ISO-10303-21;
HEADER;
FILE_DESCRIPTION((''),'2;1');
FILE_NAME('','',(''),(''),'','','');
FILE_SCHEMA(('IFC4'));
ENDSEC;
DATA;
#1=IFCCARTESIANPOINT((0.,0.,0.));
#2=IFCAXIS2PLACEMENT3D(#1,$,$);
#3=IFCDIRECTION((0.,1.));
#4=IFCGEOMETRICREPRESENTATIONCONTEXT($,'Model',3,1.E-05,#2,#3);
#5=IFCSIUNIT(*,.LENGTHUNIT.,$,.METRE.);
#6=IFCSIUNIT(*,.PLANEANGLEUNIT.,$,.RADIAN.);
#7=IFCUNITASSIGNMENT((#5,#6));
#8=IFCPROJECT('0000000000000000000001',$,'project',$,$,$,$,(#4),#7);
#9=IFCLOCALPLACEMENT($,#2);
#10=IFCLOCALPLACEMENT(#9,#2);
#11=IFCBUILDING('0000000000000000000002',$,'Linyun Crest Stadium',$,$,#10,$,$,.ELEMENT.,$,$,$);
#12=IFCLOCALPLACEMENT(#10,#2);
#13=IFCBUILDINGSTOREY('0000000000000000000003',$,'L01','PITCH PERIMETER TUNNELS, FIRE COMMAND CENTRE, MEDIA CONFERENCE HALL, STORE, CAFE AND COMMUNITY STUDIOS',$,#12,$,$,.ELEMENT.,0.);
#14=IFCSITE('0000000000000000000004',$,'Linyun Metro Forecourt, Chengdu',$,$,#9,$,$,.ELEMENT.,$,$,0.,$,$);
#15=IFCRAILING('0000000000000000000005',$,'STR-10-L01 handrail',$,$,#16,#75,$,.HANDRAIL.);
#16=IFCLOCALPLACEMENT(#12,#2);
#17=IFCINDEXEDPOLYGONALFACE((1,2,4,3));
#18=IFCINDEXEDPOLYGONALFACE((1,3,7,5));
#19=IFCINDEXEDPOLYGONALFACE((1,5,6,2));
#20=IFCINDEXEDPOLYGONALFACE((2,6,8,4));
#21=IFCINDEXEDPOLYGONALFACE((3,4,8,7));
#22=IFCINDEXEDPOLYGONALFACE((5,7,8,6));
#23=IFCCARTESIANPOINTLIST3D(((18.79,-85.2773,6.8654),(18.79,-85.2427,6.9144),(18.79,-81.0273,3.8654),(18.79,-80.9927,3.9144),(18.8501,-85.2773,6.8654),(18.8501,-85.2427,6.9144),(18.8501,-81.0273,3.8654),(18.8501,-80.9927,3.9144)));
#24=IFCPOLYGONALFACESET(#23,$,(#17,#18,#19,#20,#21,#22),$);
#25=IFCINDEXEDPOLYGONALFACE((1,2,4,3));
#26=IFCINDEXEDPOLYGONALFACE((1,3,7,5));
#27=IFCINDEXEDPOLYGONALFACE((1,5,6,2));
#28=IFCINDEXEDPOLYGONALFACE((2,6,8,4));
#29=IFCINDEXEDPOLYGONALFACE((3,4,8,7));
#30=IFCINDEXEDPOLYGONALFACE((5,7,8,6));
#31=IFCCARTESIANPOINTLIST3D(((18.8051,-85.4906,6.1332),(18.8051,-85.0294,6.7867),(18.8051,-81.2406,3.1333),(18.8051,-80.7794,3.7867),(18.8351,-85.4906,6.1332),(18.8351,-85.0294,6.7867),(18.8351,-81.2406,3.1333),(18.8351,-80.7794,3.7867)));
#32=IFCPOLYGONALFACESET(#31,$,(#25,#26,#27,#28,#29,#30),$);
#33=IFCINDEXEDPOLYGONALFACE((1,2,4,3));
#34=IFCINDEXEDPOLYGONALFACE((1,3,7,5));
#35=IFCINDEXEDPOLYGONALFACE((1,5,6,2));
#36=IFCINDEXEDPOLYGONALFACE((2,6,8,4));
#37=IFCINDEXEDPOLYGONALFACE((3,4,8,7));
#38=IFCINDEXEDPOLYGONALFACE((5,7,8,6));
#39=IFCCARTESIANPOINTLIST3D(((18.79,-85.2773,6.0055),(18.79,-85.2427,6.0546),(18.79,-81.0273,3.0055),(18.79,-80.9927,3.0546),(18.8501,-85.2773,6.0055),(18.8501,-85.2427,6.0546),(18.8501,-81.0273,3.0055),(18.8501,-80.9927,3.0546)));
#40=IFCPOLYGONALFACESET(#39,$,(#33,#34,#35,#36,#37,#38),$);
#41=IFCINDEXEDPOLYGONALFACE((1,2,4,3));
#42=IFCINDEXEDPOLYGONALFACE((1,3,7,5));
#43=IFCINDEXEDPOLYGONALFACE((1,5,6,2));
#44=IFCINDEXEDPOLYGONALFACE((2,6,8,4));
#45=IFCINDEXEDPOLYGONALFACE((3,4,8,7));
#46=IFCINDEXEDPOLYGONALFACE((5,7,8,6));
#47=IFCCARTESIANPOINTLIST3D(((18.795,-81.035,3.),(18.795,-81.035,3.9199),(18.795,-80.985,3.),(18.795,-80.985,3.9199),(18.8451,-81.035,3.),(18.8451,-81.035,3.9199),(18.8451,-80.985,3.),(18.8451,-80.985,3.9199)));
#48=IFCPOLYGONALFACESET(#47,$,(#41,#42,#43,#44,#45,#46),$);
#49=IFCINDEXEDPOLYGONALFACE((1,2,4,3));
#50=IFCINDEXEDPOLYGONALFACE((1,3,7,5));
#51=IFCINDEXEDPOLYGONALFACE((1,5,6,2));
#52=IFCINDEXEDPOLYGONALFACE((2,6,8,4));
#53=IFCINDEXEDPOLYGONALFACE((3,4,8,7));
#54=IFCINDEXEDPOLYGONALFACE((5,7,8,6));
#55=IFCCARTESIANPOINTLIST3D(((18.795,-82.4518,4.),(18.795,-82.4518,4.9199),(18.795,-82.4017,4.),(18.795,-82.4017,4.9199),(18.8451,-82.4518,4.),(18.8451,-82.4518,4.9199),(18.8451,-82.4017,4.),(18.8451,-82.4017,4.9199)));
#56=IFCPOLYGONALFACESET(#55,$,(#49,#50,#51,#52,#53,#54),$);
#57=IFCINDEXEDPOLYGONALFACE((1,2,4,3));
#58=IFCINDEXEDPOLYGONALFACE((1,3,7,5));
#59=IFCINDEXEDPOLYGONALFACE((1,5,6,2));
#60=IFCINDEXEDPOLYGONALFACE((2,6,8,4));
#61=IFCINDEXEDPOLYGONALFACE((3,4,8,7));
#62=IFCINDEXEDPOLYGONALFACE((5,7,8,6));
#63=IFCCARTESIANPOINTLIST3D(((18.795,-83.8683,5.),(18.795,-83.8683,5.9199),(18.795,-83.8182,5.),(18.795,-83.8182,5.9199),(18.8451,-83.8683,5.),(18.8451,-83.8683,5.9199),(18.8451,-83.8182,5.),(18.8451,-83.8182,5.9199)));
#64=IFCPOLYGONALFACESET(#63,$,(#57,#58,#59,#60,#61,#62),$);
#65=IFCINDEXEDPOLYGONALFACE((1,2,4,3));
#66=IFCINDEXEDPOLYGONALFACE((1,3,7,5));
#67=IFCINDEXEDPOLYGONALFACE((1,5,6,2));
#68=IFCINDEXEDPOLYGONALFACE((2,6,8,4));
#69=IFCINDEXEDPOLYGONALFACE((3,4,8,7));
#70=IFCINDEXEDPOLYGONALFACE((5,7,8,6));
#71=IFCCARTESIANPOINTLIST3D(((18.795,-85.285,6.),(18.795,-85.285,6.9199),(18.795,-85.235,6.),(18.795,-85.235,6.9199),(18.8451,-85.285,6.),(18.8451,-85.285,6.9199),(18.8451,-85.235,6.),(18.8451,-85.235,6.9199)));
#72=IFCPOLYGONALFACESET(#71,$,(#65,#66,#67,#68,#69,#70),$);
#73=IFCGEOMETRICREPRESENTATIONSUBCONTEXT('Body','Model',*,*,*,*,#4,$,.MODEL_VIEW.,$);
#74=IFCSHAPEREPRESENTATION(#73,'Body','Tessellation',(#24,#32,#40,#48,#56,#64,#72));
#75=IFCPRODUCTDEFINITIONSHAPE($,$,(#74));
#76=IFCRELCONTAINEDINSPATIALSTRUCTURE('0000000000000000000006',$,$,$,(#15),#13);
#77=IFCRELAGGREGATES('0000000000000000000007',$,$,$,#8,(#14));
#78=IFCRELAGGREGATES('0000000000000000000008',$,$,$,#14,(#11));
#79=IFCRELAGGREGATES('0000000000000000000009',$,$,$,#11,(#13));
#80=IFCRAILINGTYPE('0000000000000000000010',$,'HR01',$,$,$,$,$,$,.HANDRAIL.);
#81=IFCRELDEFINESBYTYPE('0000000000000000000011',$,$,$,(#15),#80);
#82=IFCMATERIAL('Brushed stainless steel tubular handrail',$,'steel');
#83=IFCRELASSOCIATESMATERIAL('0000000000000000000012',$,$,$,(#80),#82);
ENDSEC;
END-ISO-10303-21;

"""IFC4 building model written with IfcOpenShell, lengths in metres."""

from ifc_helpers import new_model, si_unit, direction, frame, origin, origin_2d, place, context, subcontext, project, spatial, rectangle, extrude, material, type_object, element, save


model = new_model("IFC4")

# Units and contexts
model_context = context("Model", 3, precision=1e-05, world=origin(), true_north=direction((0.0, 1.0)))
body_context = subcontext(model_context, "Body", "Model", "MODEL_VIEW")
ifc_project = project(units=[si_unit("LENGTHUNIT", "METRE"), si_unit("PLANEANGLEUNIT", "RADIAN")], contexts=[model_context])

# Site, building, storey
site_placement = place(None, origin())
site = spatial("IfcSite", under=ifc_project, at=site_placement, Name="Linyun Metro Forecourt, Chengdu", CompositionType="ELEMENT", RefElevation=0.0)
building_placement = place(site_placement, origin())
building = spatial("IfcBuilding", under=site, at=building_placement, Name="Linyun Crest Stadium", CompositionType="ELEMENT")
storey_placement = place(building_placement, origin())
storey = spatial("IfcBuildingStorey", under=building, at=storey_placement, Name="L01", Description="PITCH PERIMETER TUNNELS, FIRE COMMAND CENTRE, MEDIA CONFERENCE HALL, STORE, CAFE AND COMMUNITY STUDIOS", CompositionType="ELEMENT", Elevation=0.0)

# Railing
ifc_material_1 = material(Name="Brushed stainless steel tubular handrail", Category="steel")
railing_type_1 = type_object("IfcRailingType", Name="HR01", PredefinedType="HANDRAIL", material=ifc_material_1)
railing_1_placement = place(storey_placement, frame((18.8201, -81.01, 3.0)))
element("IfcRailing", 1, at=railing_1_placement, inside=storey, type_object=railing_type_1, Name="STR-10-L01 handrail", PredefinedType="HANDRAIL", context=body_context, shape_type="SweptSolid", body=[
    extrude(rectangle(XDim=0.0601, YDim=0.0601, at=origin_2d()), frame((0.0, 0.0, 0.8899), z_axis=(0.0, -0.816968, 0.576683), x_axis=(1.0, 0.0, 0.0)), (0.0, 0.0, 1.0), 5.2021),
    extrude(rectangle(XDim=0.03, YDim=0.7998, at=origin_2d()), frame((0.0, 0.0, 0.46), z_axis=(0.0, -0.816968, 0.576683), x_axis=(1.0, 0.0, 0.0)), (0.0, 0.0, 1.0), 5.2021),
    extrude(rectangle(XDim=0.0601, YDim=0.0601, at=origin_2d()), frame((0.0, 0.0, 0.03), z_axis=(0.0, -0.816968, 0.576683), x_axis=(1.0, 0.0, 0.0)), (0.0, 0.0, 1.0), 5.2021),
    extrude(rectangle(XDim=0.05, YDim=0.05, at=origin_2d()), origin(), (0.0, 0.0, 1.0), 0.9199),
    extrude(rectangle(XDim=0.05, YDim=0.05, at=origin_2d()), frame((0.0, -1.4167, 1.0)), (0.0, 0.0, 1.0), 0.9199),
    extrude(rectangle(XDim=0.05, YDim=0.05, at=origin_2d()), frame((0.0, -2.8333, 2.0)), (0.0, 0.0, 1.0), 0.9199),
    extrude(rectangle(XDim=0.05, YDim=0.05, at=origin_2d()), frame((0.0, -4.25, 3.0)), (0.0, 0.0, 1.0), 0.9199),
])

save(model, "model.ifc")
